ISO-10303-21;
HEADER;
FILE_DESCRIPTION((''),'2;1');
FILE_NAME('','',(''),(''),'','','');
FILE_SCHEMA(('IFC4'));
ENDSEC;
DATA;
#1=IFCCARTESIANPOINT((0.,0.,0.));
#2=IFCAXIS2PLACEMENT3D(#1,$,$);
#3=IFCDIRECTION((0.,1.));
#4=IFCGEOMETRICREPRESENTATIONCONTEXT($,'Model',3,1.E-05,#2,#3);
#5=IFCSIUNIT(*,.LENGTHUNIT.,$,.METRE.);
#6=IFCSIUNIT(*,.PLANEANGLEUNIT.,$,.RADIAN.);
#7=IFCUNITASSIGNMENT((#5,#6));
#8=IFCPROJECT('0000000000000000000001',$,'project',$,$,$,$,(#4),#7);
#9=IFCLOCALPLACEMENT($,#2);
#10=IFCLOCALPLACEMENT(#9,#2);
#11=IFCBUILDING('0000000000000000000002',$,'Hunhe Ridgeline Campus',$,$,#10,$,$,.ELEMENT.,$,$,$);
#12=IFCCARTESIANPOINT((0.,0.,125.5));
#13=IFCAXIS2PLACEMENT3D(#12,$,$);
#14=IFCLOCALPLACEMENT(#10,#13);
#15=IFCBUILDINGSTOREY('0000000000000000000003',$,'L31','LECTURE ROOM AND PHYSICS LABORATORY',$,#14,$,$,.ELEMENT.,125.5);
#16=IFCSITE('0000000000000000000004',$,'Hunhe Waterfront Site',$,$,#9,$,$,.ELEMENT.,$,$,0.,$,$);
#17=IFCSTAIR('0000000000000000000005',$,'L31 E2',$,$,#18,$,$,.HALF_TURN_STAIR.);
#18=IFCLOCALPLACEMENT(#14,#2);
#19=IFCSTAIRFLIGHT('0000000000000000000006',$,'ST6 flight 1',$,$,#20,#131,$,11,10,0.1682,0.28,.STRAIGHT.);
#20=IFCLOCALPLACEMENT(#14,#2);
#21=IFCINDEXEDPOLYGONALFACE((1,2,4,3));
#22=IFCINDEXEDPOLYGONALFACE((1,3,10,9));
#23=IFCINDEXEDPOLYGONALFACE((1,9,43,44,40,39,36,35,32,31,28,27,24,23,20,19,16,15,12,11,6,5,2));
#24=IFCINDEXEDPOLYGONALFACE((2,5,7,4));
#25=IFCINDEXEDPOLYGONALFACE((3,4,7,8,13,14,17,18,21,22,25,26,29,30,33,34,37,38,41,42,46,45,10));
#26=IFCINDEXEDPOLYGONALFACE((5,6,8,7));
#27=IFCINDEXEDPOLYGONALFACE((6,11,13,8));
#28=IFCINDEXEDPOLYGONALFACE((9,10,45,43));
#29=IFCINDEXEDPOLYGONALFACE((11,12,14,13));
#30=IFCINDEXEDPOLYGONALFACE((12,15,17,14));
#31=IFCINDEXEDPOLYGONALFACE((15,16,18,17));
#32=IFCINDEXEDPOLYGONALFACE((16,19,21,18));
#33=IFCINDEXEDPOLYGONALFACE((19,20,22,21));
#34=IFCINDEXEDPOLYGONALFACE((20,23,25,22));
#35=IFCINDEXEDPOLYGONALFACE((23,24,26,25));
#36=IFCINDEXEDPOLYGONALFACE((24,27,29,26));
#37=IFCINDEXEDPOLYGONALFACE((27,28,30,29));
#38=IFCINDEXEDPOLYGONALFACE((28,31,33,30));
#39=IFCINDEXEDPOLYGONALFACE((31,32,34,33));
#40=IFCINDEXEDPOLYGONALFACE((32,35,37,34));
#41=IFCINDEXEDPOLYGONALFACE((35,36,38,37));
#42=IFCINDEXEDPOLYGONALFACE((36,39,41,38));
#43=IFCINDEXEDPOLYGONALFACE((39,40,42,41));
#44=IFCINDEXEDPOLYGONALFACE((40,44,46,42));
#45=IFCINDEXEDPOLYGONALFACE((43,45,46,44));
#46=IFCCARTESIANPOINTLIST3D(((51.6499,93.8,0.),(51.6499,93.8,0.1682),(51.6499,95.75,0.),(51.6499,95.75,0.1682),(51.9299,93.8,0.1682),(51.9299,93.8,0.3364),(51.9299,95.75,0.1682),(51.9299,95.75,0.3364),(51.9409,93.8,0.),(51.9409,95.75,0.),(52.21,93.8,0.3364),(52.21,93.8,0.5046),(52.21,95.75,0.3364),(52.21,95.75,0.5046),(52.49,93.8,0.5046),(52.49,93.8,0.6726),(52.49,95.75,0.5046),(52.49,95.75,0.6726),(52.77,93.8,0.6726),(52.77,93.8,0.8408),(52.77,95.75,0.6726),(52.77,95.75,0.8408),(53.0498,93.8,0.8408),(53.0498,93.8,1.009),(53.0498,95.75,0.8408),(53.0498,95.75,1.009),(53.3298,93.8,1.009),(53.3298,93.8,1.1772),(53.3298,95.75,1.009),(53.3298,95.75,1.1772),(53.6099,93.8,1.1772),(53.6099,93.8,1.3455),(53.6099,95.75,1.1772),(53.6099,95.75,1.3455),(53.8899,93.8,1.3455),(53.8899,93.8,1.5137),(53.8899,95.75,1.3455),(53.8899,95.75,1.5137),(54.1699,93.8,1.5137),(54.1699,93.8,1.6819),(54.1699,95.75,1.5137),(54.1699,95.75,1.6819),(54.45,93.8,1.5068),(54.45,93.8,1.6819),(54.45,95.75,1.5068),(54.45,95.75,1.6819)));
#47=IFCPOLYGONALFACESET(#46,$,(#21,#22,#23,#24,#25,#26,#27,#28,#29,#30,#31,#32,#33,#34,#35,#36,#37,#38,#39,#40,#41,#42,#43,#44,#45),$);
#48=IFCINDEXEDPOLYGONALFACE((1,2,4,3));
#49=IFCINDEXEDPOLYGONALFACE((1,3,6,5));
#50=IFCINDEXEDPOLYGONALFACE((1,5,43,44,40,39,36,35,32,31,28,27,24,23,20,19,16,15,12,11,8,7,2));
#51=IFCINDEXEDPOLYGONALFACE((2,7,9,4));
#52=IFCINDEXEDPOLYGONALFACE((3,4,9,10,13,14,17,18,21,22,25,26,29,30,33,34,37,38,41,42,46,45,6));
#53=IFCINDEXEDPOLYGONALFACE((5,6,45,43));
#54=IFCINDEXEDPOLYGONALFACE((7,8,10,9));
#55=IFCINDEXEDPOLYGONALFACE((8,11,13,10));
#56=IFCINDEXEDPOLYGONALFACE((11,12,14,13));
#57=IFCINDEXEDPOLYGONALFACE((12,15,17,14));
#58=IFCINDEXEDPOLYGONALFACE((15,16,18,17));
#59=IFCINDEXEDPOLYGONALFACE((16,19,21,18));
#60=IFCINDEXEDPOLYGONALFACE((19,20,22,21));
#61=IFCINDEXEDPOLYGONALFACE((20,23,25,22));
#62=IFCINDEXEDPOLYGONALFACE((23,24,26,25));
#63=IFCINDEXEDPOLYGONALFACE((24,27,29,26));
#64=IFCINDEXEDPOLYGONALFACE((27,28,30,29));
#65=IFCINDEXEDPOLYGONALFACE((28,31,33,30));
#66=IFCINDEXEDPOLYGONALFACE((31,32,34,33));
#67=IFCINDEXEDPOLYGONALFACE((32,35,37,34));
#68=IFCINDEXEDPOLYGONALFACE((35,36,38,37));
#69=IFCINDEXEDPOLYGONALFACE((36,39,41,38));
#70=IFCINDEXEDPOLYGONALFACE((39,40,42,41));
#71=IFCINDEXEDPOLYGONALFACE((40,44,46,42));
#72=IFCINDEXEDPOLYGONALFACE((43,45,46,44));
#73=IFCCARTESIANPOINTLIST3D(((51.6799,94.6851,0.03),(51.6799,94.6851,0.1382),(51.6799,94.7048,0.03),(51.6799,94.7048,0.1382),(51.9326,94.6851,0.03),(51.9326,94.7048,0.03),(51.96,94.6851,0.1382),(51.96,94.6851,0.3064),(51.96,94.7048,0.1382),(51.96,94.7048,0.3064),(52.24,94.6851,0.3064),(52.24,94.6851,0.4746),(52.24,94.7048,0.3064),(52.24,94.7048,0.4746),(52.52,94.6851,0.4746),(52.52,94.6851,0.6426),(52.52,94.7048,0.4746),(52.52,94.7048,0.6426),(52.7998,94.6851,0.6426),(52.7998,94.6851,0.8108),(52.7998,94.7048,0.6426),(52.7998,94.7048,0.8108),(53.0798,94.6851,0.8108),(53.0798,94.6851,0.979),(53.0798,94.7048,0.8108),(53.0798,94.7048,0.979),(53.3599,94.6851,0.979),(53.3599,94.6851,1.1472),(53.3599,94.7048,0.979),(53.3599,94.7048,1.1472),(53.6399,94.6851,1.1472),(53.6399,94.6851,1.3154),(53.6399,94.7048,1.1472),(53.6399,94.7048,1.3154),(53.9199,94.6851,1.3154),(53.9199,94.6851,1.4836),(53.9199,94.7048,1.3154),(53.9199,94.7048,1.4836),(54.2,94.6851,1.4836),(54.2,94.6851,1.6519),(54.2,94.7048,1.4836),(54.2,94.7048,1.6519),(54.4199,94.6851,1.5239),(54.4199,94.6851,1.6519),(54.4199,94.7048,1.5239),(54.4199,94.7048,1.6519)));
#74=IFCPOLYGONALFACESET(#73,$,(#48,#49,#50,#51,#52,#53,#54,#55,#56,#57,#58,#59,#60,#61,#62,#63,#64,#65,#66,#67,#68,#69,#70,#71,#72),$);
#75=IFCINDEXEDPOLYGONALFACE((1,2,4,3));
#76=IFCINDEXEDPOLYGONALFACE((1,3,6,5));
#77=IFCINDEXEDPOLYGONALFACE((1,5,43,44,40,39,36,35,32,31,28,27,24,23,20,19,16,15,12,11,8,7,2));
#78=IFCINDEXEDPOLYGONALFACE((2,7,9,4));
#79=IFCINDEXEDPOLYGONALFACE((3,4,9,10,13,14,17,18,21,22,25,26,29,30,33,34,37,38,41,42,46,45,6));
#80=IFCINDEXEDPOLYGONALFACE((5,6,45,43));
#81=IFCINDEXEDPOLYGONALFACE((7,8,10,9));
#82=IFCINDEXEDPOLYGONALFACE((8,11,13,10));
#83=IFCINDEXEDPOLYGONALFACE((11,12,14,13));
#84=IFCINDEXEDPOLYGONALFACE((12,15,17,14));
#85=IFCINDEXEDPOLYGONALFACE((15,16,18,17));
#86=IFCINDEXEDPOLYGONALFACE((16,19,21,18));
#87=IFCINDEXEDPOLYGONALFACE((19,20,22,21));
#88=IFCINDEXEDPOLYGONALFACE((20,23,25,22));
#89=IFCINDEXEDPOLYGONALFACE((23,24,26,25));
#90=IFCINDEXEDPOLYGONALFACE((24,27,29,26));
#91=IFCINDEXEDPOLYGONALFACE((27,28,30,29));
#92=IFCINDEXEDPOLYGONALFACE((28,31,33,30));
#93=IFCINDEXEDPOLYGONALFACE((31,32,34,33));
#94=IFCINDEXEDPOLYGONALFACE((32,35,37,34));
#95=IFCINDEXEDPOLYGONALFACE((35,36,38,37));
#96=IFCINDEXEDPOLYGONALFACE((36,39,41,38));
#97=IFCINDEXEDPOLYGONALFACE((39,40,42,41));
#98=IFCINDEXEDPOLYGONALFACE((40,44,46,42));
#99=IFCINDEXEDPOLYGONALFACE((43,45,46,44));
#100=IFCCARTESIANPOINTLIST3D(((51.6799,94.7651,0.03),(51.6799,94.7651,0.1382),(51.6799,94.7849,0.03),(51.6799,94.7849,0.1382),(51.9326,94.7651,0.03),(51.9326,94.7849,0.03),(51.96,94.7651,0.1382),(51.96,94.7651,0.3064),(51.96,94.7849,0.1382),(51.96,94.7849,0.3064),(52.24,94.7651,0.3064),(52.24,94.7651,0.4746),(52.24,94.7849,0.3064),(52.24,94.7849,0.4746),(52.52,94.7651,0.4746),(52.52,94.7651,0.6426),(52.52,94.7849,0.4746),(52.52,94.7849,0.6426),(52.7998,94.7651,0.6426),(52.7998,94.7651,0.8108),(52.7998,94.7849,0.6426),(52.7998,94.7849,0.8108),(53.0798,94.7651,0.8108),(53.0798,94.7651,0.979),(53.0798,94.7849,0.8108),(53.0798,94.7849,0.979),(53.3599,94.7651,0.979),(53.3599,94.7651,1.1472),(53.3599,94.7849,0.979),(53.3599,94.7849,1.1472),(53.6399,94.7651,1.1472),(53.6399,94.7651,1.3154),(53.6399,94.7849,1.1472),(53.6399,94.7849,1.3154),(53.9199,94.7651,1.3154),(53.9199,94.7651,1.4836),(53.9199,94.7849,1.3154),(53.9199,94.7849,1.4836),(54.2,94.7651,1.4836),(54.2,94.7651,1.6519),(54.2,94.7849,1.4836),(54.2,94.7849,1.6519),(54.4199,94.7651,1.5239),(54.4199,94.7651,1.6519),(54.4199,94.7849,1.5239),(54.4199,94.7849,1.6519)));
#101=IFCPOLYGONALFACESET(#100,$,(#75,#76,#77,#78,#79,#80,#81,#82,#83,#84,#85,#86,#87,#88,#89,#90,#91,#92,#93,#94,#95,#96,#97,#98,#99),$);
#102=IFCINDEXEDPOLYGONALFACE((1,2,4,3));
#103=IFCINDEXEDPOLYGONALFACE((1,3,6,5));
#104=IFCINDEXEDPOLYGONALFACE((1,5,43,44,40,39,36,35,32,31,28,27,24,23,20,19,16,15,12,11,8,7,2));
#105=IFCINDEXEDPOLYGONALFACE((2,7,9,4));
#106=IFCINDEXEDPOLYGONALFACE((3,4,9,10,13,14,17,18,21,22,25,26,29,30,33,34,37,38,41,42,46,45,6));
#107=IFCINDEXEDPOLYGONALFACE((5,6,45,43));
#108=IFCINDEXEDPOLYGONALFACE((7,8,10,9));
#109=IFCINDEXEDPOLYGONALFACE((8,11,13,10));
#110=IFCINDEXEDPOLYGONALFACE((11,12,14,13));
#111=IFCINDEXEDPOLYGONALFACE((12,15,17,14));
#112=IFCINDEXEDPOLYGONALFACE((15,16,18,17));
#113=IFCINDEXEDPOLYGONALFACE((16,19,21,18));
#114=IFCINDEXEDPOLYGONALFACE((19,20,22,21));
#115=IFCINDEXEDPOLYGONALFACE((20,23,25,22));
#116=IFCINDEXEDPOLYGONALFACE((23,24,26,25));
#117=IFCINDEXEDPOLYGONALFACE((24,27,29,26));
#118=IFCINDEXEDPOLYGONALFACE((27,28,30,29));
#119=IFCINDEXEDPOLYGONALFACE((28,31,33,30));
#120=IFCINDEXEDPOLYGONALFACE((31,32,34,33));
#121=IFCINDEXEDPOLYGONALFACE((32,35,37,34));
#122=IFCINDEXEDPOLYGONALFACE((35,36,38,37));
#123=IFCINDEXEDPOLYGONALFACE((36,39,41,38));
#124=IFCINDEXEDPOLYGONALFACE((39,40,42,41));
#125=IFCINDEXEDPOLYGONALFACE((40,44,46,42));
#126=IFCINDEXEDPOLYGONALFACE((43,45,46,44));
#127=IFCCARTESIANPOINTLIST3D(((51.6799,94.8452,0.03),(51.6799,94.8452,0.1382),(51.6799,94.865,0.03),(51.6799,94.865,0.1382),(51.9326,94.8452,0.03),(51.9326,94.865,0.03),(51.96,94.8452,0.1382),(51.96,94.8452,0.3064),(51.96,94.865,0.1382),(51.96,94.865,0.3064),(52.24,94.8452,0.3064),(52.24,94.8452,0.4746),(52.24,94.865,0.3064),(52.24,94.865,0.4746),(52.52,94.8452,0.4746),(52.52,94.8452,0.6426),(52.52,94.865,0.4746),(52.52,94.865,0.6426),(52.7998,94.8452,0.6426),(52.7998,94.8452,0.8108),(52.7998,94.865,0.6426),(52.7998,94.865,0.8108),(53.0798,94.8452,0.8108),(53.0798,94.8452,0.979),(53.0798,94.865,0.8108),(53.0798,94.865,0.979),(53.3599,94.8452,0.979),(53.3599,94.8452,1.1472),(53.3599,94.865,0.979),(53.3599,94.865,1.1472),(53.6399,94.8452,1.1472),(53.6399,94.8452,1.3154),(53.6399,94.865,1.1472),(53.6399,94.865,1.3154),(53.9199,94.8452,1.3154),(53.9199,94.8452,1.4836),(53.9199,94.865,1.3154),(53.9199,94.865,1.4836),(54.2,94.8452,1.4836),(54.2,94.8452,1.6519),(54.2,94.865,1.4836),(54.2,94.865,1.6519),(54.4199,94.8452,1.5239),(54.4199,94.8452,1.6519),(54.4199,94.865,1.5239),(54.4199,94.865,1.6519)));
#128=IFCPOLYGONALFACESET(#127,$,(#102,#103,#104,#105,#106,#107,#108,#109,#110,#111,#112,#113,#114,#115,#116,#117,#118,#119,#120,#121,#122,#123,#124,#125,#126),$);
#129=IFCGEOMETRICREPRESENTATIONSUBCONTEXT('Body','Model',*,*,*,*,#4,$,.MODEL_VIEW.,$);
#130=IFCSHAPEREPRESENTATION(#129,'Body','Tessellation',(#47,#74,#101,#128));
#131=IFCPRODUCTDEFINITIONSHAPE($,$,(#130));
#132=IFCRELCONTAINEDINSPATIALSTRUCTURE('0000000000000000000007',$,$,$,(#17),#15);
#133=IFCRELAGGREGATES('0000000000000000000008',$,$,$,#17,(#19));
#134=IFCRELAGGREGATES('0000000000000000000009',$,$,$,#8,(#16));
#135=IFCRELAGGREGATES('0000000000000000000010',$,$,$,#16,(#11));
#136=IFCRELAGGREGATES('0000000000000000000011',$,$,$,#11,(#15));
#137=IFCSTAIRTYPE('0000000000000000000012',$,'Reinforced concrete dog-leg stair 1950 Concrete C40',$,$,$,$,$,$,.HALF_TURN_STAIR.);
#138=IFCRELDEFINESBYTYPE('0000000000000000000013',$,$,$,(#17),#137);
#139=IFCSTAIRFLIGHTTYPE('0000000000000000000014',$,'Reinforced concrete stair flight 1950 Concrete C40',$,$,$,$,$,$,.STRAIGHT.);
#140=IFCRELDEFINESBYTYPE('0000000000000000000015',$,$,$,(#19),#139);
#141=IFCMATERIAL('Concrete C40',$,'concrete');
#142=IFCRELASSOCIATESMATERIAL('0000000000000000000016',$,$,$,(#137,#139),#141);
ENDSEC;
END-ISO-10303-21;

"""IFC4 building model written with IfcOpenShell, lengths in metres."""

from ifc_helpers import new_model, si_unit, direction, frame, origin, place, context, subcontext, project, spatial, polyline, outline, extrude, material, type_object, element, aggregate, save


model = new_model("IFC4")

# Units and contexts
model_context = context("Model", 3, precision=1e-05, world=origin(), true_north=direction((0.0, 1.0)))
body_context = subcontext(model_context, "Body", "Model", "MODEL_VIEW")
ifc_project = project(units=[si_unit("LENGTHUNIT", "METRE"), si_unit("PLANEANGLEUNIT", "RADIAN")], contexts=[model_context])

# Site, building, storey
site_placement = place(None, origin())
site = spatial("IfcSite", under=ifc_project, at=site_placement, Name="Hunhe Waterfront Site", CompositionType="ELEMENT", RefElevation=0.0)
building_placement = place(site_placement, origin())
building = spatial("IfcBuilding", under=site, at=building_placement, Name="Hunhe Ridgeline Campus", CompositionType="ELEMENT")
storey_placement = place(building_placement, frame((0.0, 0.0, 125.5)))
storey = spatial("IfcBuildingStorey", under=building, at=storey_placement, Name="L31", Description="LECTURE ROOM AND PHYSICS LABORATORY", CompositionType="ELEMENT", Elevation=125.5)

# Stair, stair flight
ifc_material_1 = material(Name="Concrete C40", Category="concrete")
stair_type = type_object("IfcStairType", Name="Reinforced concrete dog-leg stair 1950 Concrete C40", PredefinedType="HALF_TURN_STAIR", material=ifc_material_1)
stair_1_placement = place(storey_placement, origin())
stair_1 = element("IfcStair", 1, at=stair_1_placement, inside=storey, type_object=stair_type, Name="L31 E2", PredefinedType="HALF_TURN_STAIR")
stair_flight_type = type_object("IfcStairFlightType", Name="Reinforced concrete stair flight 1950 Concrete C40", PredefinedType="STRAIGHT", material=ifc_material_1)
stair_flight_1_placement = place(storey_placement, frame((51.6499, 94.7749, 0.0), z_axis=(0.0, 0.0, 1.0), x_axis=(1.0, 0.0, 0.0)))
stair_flight_1 = element("IfcStairFlight", 2, at=stair_flight_1_placement, type_object=stair_flight_type, Name="ST6 flight 1", NumberOfRisers=11, NumberOfTreads=10, PredefinedType="STRAIGHT", RiserHeight=0.1682, TreadLength=0.28, context=body_context, shape_type="SweptSolid", body=[
    extrude(outline(polyline([(0.0, 0.0), (0.0, 0.1682), (0.28, 0.1682), (0.28, 0.3364), (0.5601, 0.3364), (0.5601, 0.5046), (0.8401, 0.5046), (0.8401, 0.6726), (1.1201, 0.6726), (1.1201, 0.8408), (1.3999, 0.8408), (1.3999, 1.009), (1.6799, 1.009), (1.6799, 1.1772), (1.96, 1.1772), (1.96, 1.3455), (2.24, 1.3455), (2.24, 1.5137), (2.52, 1.5137), (2.52, 1.6819), (2.8, 1.6819), (2.8, 1.8501), (2.8, 1.5068), (0.291, 0.0), (0.0, 0.0)])), frame((0.0, 0.9751, 0.0), z_axis=(0.0, -1.0, 0.0), x_axis=(1.0, 0.0, 0.0)), (0.0, 0.0, 1.0), 1.95),
    extrude(outline(polyline([(0.03, 0.03), (0.03, 0.1382), (0.3101, 0.1382), (0.3101, 0.3064), (0.5901, 0.3064), (0.5901, 0.4746), (0.8701, 0.4746), (0.8701, 0.6426), (1.1499, 0.6426), (1.1499, 0.8108), (1.4299, 0.8108), (1.4299, 0.979), (1.71, 0.979), (1.71, 1.1472), (1.99, 1.1472), (1.99, 1.3154), (2.27, 1.3154), (2.27, 1.4836), (2.55, 1.4836), (2.55, 1.6519), (2.77, 1.6519), (2.77, 1.5239), (0.2827, 0.03), (0.03, 0.03)])), frame((0.0, -0.0701, 0.0), z_axis=(0.0, -1.0, 0.0), x_axis=(1.0, 0.0, 0.0)), (0.0, 0.0, 1.0), 0.0198),
    extrude(outline(polyline([(0.03, 0.03), (0.03, 0.1382), (0.3101, 0.1382), (0.3101, 0.3064), (0.5901, 0.3064), (0.5901, 0.4746), (0.8701, 0.4746), (0.8701, 0.6426), (1.1499, 0.6426), (1.1499, 0.8108), (1.4299, 0.8108), (1.4299, 0.979), (1.71, 0.979), (1.71, 1.1472), (1.99, 1.1472), (1.99, 1.3154), (2.27, 1.3154), (2.27, 1.4836), (2.55, 1.4836), (2.55, 1.6519), (2.77, 1.6519), (2.77, 1.5239), (0.2827, 0.03), (0.03, 0.03)])), frame((0.0, 0.01, 0.0), z_axis=(0.0, -1.0, 0.0), x_axis=(1.0, 0.0, 0.0)), (0.0, 0.0, 1.0), 0.0198),
    extrude(outline(polyline([(0.03, 0.03), (0.03, 0.1382), (0.3101, 0.1382), (0.3101, 0.3064), (0.5901, 0.3064), (0.5901, 0.4746), (0.8701, 0.4746), (0.8701, 0.6426), (1.1499, 0.6426), (1.1499, 0.8108), (1.4299, 0.8108), (1.4299, 0.979), (1.71, 0.979), (1.71, 1.1472), (1.99, 1.1472), (1.99, 1.3154), (2.27, 1.3154), (2.27, 1.4836), (2.55, 1.4836), (2.55, 1.6519), (2.77, 1.6519), (2.77, 1.5239), (0.2827, 0.03), (0.03, 0.03)])), frame((0.0, 0.0901, 0.0), z_axis=(0.0, -1.0, 0.0), x_axis=(1.0, 0.0, 0.0)), (0.0, 0.0, 1.0), 0.0198),
])
aggregate(stair_1, [stair_flight_1])

save(model, "model.ifc")
